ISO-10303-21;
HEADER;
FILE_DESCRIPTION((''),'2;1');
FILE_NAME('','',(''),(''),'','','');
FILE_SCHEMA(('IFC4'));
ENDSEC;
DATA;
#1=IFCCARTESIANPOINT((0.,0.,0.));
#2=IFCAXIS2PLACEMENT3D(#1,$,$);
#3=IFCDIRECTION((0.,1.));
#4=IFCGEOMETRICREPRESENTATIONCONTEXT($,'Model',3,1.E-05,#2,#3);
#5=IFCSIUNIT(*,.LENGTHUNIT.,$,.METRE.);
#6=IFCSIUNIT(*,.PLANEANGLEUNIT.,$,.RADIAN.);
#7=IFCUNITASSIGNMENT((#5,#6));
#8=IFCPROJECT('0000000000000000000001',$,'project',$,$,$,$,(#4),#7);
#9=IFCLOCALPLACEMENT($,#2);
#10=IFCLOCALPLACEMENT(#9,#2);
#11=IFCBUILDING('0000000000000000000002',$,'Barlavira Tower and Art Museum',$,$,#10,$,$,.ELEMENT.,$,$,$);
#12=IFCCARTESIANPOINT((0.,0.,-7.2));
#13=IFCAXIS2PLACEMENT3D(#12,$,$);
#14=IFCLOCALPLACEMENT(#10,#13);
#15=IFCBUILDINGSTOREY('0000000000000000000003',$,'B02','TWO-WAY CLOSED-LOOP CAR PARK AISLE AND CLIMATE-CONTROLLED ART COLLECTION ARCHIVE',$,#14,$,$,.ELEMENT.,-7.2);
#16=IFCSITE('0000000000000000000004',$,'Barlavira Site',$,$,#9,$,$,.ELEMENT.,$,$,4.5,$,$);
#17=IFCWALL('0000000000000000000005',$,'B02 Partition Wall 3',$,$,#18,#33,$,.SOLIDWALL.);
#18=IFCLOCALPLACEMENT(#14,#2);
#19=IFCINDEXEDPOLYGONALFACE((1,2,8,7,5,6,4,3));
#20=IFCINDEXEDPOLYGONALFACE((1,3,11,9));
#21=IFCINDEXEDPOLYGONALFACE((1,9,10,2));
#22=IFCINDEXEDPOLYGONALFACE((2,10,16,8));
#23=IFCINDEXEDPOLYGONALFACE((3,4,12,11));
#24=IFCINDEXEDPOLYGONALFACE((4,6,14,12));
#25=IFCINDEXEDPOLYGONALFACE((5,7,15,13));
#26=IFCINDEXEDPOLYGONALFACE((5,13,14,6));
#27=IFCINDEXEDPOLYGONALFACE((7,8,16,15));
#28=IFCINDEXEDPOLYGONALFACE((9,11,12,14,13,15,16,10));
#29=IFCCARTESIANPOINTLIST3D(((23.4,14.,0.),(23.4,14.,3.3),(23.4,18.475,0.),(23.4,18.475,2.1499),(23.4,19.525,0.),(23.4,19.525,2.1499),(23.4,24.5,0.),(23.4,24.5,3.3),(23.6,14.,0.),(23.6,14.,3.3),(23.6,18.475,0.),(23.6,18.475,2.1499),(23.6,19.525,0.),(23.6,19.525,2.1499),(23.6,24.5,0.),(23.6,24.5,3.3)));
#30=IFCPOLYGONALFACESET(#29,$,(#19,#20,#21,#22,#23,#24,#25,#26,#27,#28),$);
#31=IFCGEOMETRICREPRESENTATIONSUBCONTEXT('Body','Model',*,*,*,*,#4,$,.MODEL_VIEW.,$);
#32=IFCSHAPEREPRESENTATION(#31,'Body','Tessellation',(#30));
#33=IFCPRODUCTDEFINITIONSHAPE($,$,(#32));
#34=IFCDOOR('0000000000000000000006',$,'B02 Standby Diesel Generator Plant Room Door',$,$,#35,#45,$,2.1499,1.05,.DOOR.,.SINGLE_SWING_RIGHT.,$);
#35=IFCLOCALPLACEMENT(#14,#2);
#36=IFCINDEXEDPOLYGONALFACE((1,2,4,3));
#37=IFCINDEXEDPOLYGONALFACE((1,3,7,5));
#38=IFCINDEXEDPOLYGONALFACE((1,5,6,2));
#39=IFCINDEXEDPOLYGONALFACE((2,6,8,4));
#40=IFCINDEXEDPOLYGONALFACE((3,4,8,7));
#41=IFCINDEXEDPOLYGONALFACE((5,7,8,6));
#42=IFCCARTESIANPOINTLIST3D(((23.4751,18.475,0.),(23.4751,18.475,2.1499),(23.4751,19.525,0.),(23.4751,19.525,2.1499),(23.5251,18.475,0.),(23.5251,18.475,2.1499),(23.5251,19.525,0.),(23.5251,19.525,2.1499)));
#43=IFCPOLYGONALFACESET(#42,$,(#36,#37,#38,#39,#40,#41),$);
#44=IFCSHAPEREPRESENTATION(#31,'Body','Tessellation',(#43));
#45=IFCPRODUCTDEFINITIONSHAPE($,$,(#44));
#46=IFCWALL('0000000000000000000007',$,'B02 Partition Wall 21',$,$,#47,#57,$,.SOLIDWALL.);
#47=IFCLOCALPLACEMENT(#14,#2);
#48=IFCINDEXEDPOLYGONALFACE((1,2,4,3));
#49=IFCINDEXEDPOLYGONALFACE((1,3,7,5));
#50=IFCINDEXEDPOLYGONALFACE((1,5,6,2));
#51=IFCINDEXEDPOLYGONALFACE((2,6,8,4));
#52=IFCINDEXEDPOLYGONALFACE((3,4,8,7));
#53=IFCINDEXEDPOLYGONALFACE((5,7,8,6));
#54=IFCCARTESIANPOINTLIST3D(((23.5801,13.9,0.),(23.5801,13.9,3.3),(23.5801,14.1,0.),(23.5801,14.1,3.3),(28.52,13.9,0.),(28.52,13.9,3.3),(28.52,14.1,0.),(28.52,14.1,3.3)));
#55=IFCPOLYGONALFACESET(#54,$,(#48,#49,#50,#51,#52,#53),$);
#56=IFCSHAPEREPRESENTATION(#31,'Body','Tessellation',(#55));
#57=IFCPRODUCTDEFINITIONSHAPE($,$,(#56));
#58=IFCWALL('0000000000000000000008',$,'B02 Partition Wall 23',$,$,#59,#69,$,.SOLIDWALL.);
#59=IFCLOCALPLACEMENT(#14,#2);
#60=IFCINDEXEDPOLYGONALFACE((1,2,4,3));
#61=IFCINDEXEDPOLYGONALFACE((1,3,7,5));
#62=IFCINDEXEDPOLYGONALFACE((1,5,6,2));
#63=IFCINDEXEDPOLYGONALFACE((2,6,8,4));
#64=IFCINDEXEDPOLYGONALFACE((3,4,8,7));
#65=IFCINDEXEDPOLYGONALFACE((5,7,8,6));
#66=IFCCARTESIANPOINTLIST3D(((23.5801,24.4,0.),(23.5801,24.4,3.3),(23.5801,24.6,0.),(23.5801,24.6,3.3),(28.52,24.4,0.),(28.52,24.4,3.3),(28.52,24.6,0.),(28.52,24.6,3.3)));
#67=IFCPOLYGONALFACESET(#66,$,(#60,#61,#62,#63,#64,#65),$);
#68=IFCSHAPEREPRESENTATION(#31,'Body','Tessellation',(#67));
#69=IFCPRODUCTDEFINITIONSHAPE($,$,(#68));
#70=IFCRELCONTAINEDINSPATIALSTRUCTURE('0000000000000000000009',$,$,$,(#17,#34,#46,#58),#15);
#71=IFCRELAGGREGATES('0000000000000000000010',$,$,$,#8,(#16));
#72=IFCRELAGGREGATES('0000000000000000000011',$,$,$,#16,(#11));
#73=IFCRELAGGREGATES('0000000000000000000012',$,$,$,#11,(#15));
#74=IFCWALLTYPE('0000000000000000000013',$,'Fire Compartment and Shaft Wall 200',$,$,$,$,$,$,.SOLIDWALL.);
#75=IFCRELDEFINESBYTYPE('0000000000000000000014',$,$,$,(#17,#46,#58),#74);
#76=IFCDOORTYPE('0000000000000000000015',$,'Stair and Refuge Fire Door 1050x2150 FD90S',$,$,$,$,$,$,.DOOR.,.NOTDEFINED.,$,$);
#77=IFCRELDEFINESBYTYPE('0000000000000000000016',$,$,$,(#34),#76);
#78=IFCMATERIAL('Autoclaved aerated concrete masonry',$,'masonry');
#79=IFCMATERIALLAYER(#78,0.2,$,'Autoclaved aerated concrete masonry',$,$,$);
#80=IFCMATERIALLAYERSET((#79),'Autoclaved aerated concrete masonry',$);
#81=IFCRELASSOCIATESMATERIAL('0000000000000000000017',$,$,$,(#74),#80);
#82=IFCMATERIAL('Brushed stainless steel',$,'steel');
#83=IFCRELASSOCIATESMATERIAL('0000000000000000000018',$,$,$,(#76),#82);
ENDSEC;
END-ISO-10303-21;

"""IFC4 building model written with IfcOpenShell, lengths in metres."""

from ifc_helpers import new_model, si_unit, direction, frame, frame_2d, origin, place, context, subcontext, project, spatial, rectangle, extrude, material, layer, layer_set, type_object, element, fill, save


model = new_model("IFC4")

# Units and contexts
model_context = context("Model", 3, precision=1e-05, world=origin(), true_north=direction((0.0, 1.0)))
body_context = subcontext(model_context, "Body", "Model", "MODEL_VIEW")
ifc_project = project(units=[si_unit("LENGTHUNIT", "METRE"), si_unit("PLANEANGLEUNIT", "RADIAN")], contexts=[model_context])

# Site, building, storey
site_placement = place(None, origin())
site = spatial("IfcSite", under=ifc_project, at=site_placement, Name="Barlavira Site", CompositionType="ELEMENT", RefElevation=4.5)
building_placement = place(site_placement, origin())
building = spatial("IfcBuilding", under=site, at=building_placement, Name="Barlavira Tower and Art Museum", CompositionType="ELEMENT")
storey_placement = place(building_placement, frame((0.0, 0.0, -7.2)))
storey = spatial("IfcBuildingStorey", under=building, at=storey_placement, Name="B02", Description="TWO-WAY CLOSED-LOOP CAR PARK AISLE AND CLIMATE-CONTROLLED ART COLLECTION ARCHIVE", CompositionType="ELEMENT", Elevation=-7.2)

# Wall, opening, door
ifc_material_1 = material(Name="Autoclaved aerated concrete masonry", Category="masonry")
ifc_layer = layer(ifc_material_1, 0.2, Name="Autoclaved aerated concrete masonry")
ifc_layer_set = layer_set([ifc_layer], Name="Autoclaved aerated concrete masonry")
wall_type = type_object("IfcWallType", Name="Fire Compartment and Shaft Wall 200", PredefinedType="SOLIDWALL", material=ifc_layer_set)
wall_placement = place(storey_placement, frame((23.5, 14.0, 0.0), z_axis=(0.0, 0.0, 1.0), x_axis=(0.0, 1.0, 0.0)))
wall = element("IfcWall", 1, at=wall_placement, inside=storey, type_object=wall_type, Name="B02 Partition Wall 3", PredefinedType="SOLIDWALL", context=body_context, shape_type="SweptSolid", body=[
    extrude(rectangle(XDim=10.5, YDim=0.2, at=frame_2d((5.25, 0.0))), origin(), (0.0, 0.0, 1.0), 3.3),
])
opening_placement = place(wall_placement, frame((4.4751, 0.0, 0.0)))
opening = element("IfcOpeningElement", 2, at=opening_placement, cuts=wall, PredefinedType="OPENING", context=body_context, shape_type="SweptSolid", body=[
    extrude(rectangle(XDim=1.05, YDim=2.1499, at=frame_2d((0.5249, 1.075))), frame((0.0, 0.1099, 0.0), z_axis=(0.0, -1.0, 0.0), x_axis=(1.0, 0.0, 0.0)), (0.0, 0.0, 1.0), 0.22),
])
ifc_material_2 = material(Name="Brushed stainless steel", Category="steel")
door_type = type_object("IfcDoorType", Name="Stair and Refuge Fire Door 1050x2150 FD90S", OperationType="NOTDEFINED", PredefinedType="DOOR", material=ifc_material_2)
door_placement = place(opening_placement, origin())
door = element("IfcDoor", 3, at=door_placement, inside=storey, type_object=door_type, Name="B02 Standby Diesel Generator Plant Room Door", OperationType="SINGLE_SWING_RIGHT", OverallHeight=2.1499, OverallWidth=1.05, PredefinedType="DOOR", context=body_context, shape_type="SweptSolid", body=[
    extrude(rectangle(XDim=1.05, YDim=2.1499, at=frame_2d((0.5249, 1.075))), frame((0.0, 0.0249, 0.0), z_axis=(0.0, -1.0, 0.0), x_axis=(1.0, 0.0, 0.0)), (0.0, 0.0, 1.0), 0.05),
])
fill(opening, door)

# Walls
for number, where, z_axis, x_axis, name in (
    (4, (23.5801, 14.0, 0.0), (0.0, 0.0, 1.0), (1.0, 0.0, 0.0), "B02 Partition Wall 21"),
    (5, (23.5801, 24.5, 0.0), (0.0, 0.0, 1.0), (1.0, 0.0, 0.0), "B02 Partition Wall 23"),
):
    element("IfcWall", number, at=place(storey_placement, frame(where, z_axis=z_axis, x_axis=x_axis)), inside=storey, type_object=wall_type, Name=name, PredefinedType="SOLIDWALL", context=body_context, shape_type="SweptSolid", body=[
        extrude(rectangle(XDim=4.9399, YDim=0.2, at=frame_2d((2.47, 0.0))), origin(), (0.0, 0.0, 1.0), 3.3),
    ])

save(model, "model.ifc")
